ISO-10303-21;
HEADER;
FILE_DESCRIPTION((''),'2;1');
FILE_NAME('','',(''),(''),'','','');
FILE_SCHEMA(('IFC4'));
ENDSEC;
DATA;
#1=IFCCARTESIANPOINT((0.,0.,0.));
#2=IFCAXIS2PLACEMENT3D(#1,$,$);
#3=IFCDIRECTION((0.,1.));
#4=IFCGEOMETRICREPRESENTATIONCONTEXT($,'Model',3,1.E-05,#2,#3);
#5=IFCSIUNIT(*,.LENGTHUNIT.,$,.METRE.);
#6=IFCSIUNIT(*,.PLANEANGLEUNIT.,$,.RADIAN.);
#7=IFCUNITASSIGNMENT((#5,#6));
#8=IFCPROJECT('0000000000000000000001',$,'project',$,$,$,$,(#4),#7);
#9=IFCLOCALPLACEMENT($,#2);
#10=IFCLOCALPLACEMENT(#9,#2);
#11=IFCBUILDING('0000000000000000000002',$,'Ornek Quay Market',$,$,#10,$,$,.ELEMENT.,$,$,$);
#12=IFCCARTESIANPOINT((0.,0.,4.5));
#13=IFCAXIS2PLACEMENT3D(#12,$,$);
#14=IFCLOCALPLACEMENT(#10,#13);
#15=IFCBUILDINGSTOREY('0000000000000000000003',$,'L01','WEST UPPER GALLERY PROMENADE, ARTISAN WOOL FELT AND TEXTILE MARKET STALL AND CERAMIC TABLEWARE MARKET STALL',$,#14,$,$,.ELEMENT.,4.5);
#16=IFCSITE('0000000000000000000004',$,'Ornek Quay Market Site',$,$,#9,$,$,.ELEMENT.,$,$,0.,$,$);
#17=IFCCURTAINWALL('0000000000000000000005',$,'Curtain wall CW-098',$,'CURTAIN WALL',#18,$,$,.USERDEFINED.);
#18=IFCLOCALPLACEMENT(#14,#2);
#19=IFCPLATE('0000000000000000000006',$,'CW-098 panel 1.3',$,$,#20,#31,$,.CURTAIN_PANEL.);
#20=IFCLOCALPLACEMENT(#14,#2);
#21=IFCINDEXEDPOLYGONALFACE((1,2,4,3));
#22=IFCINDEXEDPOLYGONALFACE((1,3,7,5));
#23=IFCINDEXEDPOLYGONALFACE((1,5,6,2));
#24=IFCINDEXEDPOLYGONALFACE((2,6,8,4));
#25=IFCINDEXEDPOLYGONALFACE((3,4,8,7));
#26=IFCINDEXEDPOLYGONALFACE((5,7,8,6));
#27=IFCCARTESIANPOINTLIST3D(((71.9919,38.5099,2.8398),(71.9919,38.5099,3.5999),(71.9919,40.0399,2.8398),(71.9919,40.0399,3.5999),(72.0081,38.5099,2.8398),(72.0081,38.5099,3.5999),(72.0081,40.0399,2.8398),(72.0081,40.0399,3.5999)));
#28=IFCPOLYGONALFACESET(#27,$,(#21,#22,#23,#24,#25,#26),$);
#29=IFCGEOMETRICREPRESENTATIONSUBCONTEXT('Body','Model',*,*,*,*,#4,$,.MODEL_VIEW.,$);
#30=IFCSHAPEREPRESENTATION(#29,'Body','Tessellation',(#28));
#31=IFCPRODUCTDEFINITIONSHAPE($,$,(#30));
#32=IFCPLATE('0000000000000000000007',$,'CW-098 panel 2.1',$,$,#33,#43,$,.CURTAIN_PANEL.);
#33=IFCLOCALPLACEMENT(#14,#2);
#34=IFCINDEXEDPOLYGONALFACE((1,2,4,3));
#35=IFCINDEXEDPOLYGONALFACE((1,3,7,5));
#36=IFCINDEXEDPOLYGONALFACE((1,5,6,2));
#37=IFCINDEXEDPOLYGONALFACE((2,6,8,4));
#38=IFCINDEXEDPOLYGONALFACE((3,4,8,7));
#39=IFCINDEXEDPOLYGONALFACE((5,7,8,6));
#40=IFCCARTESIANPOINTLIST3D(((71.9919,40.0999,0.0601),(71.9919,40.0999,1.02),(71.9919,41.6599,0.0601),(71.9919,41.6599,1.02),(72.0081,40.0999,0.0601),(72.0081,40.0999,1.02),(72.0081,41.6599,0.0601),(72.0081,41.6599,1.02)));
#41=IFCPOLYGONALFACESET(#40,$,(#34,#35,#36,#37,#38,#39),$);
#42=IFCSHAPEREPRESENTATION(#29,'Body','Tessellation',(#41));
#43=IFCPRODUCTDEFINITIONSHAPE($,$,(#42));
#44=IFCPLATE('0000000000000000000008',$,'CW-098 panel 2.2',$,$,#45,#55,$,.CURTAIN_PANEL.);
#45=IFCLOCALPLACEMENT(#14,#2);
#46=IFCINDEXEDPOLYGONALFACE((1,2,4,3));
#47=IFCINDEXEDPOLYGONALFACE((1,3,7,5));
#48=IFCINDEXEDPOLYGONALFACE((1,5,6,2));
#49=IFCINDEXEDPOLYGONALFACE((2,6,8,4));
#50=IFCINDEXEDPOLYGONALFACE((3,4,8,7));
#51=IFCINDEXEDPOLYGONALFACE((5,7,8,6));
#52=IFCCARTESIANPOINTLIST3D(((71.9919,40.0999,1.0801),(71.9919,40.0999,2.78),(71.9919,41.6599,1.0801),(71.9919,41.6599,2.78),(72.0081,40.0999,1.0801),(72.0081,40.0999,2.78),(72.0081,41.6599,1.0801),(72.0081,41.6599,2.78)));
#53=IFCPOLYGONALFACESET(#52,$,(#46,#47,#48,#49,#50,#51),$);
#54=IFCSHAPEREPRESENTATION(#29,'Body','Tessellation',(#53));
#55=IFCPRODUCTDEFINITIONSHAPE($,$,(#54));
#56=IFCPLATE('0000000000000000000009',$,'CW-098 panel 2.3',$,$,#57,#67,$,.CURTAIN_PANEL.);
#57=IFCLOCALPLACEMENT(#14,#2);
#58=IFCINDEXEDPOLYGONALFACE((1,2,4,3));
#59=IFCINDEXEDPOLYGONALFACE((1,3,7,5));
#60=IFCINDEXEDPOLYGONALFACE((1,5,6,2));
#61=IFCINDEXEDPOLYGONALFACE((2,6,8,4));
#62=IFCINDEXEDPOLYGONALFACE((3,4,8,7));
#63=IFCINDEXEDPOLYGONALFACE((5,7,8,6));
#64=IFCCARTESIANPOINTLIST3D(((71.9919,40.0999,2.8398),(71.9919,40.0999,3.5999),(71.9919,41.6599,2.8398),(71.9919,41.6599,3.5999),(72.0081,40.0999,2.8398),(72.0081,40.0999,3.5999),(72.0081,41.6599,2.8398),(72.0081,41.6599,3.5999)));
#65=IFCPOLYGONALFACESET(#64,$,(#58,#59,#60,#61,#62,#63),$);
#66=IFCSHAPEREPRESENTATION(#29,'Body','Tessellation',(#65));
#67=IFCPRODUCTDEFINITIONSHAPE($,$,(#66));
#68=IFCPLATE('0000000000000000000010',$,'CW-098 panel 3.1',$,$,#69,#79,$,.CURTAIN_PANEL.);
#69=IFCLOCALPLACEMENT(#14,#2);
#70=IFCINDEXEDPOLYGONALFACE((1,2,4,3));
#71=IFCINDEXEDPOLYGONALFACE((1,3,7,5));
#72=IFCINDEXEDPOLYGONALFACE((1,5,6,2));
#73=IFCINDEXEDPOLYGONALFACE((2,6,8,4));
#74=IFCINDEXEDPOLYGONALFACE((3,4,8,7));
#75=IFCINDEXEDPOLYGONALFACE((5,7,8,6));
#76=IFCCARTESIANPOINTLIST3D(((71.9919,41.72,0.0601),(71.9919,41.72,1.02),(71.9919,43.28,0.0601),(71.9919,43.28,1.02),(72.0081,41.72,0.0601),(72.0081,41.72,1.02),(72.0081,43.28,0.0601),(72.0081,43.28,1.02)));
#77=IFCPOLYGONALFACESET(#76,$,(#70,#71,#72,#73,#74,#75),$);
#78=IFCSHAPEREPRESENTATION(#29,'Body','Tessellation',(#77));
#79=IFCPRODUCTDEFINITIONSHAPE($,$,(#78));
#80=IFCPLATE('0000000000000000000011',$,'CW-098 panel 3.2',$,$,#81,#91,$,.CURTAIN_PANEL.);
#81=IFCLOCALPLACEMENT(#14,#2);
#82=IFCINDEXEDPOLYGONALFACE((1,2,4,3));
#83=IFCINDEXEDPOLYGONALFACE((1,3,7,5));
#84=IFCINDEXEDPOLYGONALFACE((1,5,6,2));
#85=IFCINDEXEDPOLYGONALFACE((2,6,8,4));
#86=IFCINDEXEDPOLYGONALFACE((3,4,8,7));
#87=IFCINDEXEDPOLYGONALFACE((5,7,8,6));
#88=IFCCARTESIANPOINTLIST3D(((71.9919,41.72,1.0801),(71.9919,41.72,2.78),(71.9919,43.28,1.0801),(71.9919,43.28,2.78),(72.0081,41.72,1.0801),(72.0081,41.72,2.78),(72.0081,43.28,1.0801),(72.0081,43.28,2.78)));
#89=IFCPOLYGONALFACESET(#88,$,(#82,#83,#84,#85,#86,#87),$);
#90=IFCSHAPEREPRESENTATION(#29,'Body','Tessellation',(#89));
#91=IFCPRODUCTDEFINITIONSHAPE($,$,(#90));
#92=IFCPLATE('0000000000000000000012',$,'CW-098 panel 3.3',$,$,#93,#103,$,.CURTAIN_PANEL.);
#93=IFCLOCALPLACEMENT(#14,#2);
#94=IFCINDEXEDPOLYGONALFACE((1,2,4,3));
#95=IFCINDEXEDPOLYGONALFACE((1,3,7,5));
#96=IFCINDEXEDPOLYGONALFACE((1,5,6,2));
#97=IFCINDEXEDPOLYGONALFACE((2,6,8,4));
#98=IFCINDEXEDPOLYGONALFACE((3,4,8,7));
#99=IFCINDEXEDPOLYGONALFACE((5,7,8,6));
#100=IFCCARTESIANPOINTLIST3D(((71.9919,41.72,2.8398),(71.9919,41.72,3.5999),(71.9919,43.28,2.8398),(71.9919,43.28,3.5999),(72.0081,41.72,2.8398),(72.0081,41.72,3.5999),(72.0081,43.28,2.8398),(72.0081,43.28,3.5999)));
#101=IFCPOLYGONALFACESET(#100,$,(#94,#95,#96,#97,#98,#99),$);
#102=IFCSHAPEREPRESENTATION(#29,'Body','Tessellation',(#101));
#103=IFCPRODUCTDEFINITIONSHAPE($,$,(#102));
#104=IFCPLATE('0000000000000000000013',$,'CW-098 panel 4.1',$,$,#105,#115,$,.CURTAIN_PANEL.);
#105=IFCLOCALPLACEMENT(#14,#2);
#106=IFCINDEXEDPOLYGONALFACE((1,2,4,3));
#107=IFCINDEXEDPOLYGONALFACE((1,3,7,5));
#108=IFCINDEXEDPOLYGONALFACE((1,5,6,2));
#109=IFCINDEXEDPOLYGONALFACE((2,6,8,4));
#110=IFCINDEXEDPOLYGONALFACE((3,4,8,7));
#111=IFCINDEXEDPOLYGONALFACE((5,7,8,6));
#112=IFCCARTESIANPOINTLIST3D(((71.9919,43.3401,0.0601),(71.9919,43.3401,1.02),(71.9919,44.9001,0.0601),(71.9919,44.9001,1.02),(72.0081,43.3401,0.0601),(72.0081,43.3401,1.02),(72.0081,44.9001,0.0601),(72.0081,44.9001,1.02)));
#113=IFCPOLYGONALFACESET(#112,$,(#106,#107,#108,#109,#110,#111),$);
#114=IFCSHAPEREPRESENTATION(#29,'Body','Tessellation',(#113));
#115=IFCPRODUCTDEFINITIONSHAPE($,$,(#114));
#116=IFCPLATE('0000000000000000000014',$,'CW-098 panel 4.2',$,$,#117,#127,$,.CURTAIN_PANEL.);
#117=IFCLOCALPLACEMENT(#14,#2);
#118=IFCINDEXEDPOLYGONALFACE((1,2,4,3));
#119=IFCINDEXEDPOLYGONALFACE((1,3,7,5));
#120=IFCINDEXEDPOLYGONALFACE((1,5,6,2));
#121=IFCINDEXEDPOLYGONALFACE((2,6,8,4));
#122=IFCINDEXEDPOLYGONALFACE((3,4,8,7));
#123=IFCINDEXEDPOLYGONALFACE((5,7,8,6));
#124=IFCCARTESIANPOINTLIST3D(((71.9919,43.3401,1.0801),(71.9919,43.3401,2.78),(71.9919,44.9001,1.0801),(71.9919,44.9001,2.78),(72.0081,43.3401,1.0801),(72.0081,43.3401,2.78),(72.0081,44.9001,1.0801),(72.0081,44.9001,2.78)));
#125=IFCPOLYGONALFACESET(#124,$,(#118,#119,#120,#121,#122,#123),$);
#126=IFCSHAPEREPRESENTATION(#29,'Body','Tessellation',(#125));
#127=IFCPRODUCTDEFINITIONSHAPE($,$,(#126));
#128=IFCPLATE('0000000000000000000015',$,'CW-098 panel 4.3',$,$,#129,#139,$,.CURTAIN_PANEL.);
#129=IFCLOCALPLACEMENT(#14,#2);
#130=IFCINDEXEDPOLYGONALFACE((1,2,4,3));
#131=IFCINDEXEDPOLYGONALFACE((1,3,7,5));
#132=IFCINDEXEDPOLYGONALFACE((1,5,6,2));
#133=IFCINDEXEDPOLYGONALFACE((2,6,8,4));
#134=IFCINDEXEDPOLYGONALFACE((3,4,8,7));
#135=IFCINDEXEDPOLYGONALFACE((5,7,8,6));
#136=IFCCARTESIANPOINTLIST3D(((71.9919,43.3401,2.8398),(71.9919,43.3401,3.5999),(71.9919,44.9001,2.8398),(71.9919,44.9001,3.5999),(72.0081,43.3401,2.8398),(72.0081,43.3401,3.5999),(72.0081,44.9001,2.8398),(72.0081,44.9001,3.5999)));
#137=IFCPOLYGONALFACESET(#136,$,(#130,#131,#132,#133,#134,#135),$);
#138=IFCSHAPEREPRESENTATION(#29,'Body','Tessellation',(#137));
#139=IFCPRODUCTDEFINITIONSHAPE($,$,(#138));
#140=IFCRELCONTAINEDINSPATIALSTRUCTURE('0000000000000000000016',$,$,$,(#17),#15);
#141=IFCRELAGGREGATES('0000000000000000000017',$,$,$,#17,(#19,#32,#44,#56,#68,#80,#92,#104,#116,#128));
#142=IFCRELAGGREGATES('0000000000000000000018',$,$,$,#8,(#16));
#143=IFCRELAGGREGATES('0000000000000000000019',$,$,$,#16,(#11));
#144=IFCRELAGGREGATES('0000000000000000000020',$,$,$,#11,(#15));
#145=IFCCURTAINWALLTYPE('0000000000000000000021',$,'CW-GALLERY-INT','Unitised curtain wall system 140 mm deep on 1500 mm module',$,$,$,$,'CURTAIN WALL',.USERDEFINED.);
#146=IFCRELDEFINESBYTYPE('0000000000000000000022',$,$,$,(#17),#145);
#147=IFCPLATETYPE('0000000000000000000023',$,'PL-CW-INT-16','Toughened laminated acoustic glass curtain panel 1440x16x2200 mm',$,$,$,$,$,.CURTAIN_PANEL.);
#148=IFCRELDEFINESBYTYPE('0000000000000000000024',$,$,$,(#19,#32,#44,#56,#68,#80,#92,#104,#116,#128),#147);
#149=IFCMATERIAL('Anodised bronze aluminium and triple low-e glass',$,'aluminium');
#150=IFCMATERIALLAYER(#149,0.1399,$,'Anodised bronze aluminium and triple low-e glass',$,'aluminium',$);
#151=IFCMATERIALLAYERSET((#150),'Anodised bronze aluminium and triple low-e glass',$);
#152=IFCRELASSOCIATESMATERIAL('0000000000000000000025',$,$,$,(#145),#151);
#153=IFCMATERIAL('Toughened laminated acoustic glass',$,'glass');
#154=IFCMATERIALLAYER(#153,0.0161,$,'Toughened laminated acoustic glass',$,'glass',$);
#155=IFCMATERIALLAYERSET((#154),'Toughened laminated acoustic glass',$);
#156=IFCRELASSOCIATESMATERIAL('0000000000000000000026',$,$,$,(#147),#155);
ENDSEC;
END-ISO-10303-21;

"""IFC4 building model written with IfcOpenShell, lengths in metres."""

from ifc_helpers import new_model, si_unit, direction, frame, origin, origin_2d, place, context, subcontext, project, spatial, rectangle, extrude, material, layer, layer_set, type_object, element, aggregate, save


model = new_model("IFC4")

# Units and contexts
model_context = context("Model", 3, precision=1e-05, world=origin(), true_north=direction((0.0, 1.0)))
body_context = subcontext(model_context, "Body", "Model", "MODEL_VIEW")
ifc_project = project(units=[si_unit("LENGTHUNIT", "METRE"), si_unit("PLANEANGLEUNIT", "RADIAN")], contexts=[model_context])

# Site, building, storey
site_placement = place(None, origin())
site = spatial("IfcSite", under=ifc_project, at=site_placement, Name="Ornek Quay Market Site", CompositionType="ELEMENT", RefElevation=0.0)
building_placement = place(site_placement, origin())
building = spatial("IfcBuilding", under=site, at=building_placement, Name="Ornek Quay Market", CompositionType="ELEMENT")
storey_placement = place(building_placement, frame((0.0, 0.0, 4.5)))
storey = spatial("IfcBuildingStorey", under=building, at=storey_placement, Name="L01", Description="WEST UPPER GALLERY PROMENADE, ARTISAN WOOL FELT AND TEXTILE MARKET STALL AND CERAMIC TABLEWARE MARKET STALL", CompositionType="ELEMENT", Elevation=4.5)

# Curtain wall, plates
ifc_material_1 = material(Name="Anodised bronze aluminium and triple low-e glass", Category="aluminium")
ifc_layer_1 = layer(ifc_material_1, 0.1399, Name="Anodised bronze aluminium and triple low-e glass", Category="aluminium")
ifc_layer_set_1 = layer_set([ifc_layer_1], Name="Anodised bronze aluminium and triple low-e glass")
curtain_wall_type = type_object("IfcCurtainWallType", Name="CW-GALLERY-INT", Description="Unitised curtain wall system 140 mm deep on 1500 mm module", ElementType="CURTAIN WALL", PredefinedType="USERDEFINED", material=ifc_layer_set_1)
curtain_wall_placement = place(storey_placement, origin())
curtain_wall = element("IfcCurtainWall", 1, at=curtain_wall_placement, inside=storey, type_object=curtain_wall_type, Name="Curtain wall CW-098", ObjectType="CURTAIN WALL", PredefinedType="USERDEFINED")
ifc_material_2 = material(Name="Toughened laminated acoustic glass", Category="glass")
ifc_layer_2 = layer(ifc_material_2, 0.0161, Name="Toughened laminated acoustic glass", Category="glass")
ifc_layer_set_2 = layer_set([ifc_layer_2], Name="Toughened laminated acoustic glass")
plate_type = type_object("IfcPlateType", Name="PL-CW-INT-16", Description="Toughened laminated acoustic glass curtain panel 1440x16x2200 mm", PredefinedType="CURTAIN_PANEL", material=ifc_layer_set_2)
plate_1_placement = place(storey_placement, frame((72.0, 39.2749, 2.8398), z_axis=(0.0, 0.0, 1.0), x_axis=(0.0, 1.0, 0.0)))
plate_1 = element("IfcPlate", 2, at=plate_1_placement, type_object=plate_type, Name="CW-098 panel 1.3", PredefinedType="CURTAIN_PANEL", context=body_context, shape_type="SweptSolid", body=[
    extrude(rectangle(XDim=1.53, YDim=0.0161, at=origin_2d()), origin(), (0.0, 0.0, 1.0), 0.76),
])
plate_2_placement = place(storey_placement, frame((72.0, 40.8799, 0.0601), z_axis=(0.0, 0.0, 1.0), x_axis=(0.0, 1.0, 0.0)))
plate_2 = element("IfcPlate", 3, at=plate_2_placement, type_object=plate_type, Name="CW-098 panel 2.1", PredefinedType="CURTAIN_PANEL", context=body_context, shape_type="SweptSolid", body=[
    extrude(rectangle(XDim=1.5601, YDim=0.0161, at=origin_2d()), origin(), (0.0, 0.0, 1.0), 0.96),
])
plate_3_placement = place(storey_placement, frame((72.0, 40.8799, 1.0801), z_axis=(0.0, 0.0, 1.0), x_axis=(0.0, 1.0, 0.0)))
plate_3 = element("IfcPlate", 4, at=plate_3_placement, type_object=plate_type, Name="CW-098 panel 2.2", PredefinedType="CURTAIN_PANEL", context=body_context, shape_type="SweptSolid", body=[
    extrude(rectangle(XDim=1.5601, YDim=0.0161, at=origin_2d()), origin(), (0.0, 0.0, 1.0), 1.7),
])
plate_4_placement = place(storey_placement, frame((72.0, 40.8799, 2.8398), z_axis=(0.0, 0.0, 1.0), x_axis=(0.0, 1.0, 0.0)))
plate_4 = element("IfcPlate", 5, at=plate_4_placement, type_object=plate_type, Name="CW-098 panel 2.3", PredefinedType="CURTAIN_PANEL", context=body_context, shape_type="SweptSolid", body=[
    extrude(rectangle(XDim=1.5601, YDim=0.0161, at=origin_2d()), origin(), (0.0, 0.0, 1.0), 0.76),
])
plate_5_placement = place(storey_placement, frame((72.0, 42.5, 0.0601), z_axis=(0.0, 0.0, 1.0), x_axis=(0.0, 1.0, 0.0)))
plate_5 = element("IfcPlate", 6, at=plate_5_placement, type_object=plate_type, Name="CW-098 panel 3.1", PredefinedType="CURTAIN_PANEL", context=body_context, shape_type="SweptSolid", body=[
    extrude(rectangle(XDim=1.5601, YDim=0.0161, at=origin_2d()), origin(), (0.0, 0.0, 1.0), 0.96),
])
plate_6_placement = place(storey_placement, frame((72.0, 42.5, 1.0801), z_axis=(0.0, 0.0, 1.0), x_axis=(0.0, 1.0, 0.0)))
plate_6 = element("IfcPlate", 7, at=plate_6_placement, type_object=plate_type, Name="CW-098 panel 3.2", PredefinedType="CURTAIN_PANEL", context=body_context, shape_type="SweptSolid", body=[
    extrude(rectangle(XDim=1.5601, YDim=0.0161, at=origin_2d()), origin(), (0.0, 0.0, 1.0), 1.7),
])
plate_7_placement = place(storey_placement, frame((72.0, 42.5, 2.8398), z_axis=(0.0, 0.0, 1.0), x_axis=(0.0, 1.0, 0.0)))
plate_7 = element("IfcPlate", 8, at=plate_7_placement, type_object=plate_type, Name="CW-098 panel 3.3", PredefinedType="CURTAIN_PANEL", context=body_context, shape_type="SweptSolid", body=[
    extrude(rectangle(XDim=1.5601, YDim=0.0161, at=origin_2d()), origin(), (0.0, 0.0, 1.0), 0.76),
])
plate_8_placement = place(storey_placement, frame((72.0, 44.1201, 0.0601), z_axis=(0.0, 0.0, 1.0), x_axis=(0.0, 1.0, 0.0)))
plate_8 = element("IfcPlate", 9, at=plate_8_placement, type_object=plate_type, Name="CW-098 panel 4.1", PredefinedType="CURTAIN_PANEL", context=body_context, shape_type="SweptSolid", body=[
    extrude(rectangle(XDim=1.5601, YDim=0.0161, at=origin_2d()), origin(), (0.0, 0.0, 1.0), 0.96),
])
plate_9_placement = place(storey_placement, frame((72.0, 44.1201, 1.0801), z_axis=(0.0, 0.0, 1.0), x_axis=(0.0, 1.0, 0.0)))
plate_9 = element("IfcPlate", 10, at=plate_9_placement, type_object=plate_type, Name="CW-098 panel 4.2", PredefinedType="CURTAIN_PANEL", context=body_context, shape_type="SweptSolid", body=[
    extrude(rectangle(XDim=1.5601, YDim=0.0161, at=origin_2d()), origin(), (0.0, 0.0, 1.0), 1.7),
])
plate_10_placement = place(storey_placement, frame((72.0, 44.1201, 2.8398), z_axis=(0.0, 0.0, 1.0), x_axis=(0.0, 1.0, 0.0)))
plate_10 = element("IfcPlate", 11, at=plate_10_placement, type_object=plate_type, Name="CW-098 panel 4.3", PredefinedType="CURTAIN_PANEL", context=body_context, shape_type="SweptSolid", body=[
    extrude(rectangle(XDim=1.5601, YDim=0.0161, at=origin_2d()), origin(), (0.0, 0.0, 1.0), 0.76),
])
aggregate(curtain_wall, [plate_1, plate_2, plate_3, plate_4, plate_5, plate_6, plate_7, plate_8, plate_9, plate_10])

save(model, "model.ifc")
